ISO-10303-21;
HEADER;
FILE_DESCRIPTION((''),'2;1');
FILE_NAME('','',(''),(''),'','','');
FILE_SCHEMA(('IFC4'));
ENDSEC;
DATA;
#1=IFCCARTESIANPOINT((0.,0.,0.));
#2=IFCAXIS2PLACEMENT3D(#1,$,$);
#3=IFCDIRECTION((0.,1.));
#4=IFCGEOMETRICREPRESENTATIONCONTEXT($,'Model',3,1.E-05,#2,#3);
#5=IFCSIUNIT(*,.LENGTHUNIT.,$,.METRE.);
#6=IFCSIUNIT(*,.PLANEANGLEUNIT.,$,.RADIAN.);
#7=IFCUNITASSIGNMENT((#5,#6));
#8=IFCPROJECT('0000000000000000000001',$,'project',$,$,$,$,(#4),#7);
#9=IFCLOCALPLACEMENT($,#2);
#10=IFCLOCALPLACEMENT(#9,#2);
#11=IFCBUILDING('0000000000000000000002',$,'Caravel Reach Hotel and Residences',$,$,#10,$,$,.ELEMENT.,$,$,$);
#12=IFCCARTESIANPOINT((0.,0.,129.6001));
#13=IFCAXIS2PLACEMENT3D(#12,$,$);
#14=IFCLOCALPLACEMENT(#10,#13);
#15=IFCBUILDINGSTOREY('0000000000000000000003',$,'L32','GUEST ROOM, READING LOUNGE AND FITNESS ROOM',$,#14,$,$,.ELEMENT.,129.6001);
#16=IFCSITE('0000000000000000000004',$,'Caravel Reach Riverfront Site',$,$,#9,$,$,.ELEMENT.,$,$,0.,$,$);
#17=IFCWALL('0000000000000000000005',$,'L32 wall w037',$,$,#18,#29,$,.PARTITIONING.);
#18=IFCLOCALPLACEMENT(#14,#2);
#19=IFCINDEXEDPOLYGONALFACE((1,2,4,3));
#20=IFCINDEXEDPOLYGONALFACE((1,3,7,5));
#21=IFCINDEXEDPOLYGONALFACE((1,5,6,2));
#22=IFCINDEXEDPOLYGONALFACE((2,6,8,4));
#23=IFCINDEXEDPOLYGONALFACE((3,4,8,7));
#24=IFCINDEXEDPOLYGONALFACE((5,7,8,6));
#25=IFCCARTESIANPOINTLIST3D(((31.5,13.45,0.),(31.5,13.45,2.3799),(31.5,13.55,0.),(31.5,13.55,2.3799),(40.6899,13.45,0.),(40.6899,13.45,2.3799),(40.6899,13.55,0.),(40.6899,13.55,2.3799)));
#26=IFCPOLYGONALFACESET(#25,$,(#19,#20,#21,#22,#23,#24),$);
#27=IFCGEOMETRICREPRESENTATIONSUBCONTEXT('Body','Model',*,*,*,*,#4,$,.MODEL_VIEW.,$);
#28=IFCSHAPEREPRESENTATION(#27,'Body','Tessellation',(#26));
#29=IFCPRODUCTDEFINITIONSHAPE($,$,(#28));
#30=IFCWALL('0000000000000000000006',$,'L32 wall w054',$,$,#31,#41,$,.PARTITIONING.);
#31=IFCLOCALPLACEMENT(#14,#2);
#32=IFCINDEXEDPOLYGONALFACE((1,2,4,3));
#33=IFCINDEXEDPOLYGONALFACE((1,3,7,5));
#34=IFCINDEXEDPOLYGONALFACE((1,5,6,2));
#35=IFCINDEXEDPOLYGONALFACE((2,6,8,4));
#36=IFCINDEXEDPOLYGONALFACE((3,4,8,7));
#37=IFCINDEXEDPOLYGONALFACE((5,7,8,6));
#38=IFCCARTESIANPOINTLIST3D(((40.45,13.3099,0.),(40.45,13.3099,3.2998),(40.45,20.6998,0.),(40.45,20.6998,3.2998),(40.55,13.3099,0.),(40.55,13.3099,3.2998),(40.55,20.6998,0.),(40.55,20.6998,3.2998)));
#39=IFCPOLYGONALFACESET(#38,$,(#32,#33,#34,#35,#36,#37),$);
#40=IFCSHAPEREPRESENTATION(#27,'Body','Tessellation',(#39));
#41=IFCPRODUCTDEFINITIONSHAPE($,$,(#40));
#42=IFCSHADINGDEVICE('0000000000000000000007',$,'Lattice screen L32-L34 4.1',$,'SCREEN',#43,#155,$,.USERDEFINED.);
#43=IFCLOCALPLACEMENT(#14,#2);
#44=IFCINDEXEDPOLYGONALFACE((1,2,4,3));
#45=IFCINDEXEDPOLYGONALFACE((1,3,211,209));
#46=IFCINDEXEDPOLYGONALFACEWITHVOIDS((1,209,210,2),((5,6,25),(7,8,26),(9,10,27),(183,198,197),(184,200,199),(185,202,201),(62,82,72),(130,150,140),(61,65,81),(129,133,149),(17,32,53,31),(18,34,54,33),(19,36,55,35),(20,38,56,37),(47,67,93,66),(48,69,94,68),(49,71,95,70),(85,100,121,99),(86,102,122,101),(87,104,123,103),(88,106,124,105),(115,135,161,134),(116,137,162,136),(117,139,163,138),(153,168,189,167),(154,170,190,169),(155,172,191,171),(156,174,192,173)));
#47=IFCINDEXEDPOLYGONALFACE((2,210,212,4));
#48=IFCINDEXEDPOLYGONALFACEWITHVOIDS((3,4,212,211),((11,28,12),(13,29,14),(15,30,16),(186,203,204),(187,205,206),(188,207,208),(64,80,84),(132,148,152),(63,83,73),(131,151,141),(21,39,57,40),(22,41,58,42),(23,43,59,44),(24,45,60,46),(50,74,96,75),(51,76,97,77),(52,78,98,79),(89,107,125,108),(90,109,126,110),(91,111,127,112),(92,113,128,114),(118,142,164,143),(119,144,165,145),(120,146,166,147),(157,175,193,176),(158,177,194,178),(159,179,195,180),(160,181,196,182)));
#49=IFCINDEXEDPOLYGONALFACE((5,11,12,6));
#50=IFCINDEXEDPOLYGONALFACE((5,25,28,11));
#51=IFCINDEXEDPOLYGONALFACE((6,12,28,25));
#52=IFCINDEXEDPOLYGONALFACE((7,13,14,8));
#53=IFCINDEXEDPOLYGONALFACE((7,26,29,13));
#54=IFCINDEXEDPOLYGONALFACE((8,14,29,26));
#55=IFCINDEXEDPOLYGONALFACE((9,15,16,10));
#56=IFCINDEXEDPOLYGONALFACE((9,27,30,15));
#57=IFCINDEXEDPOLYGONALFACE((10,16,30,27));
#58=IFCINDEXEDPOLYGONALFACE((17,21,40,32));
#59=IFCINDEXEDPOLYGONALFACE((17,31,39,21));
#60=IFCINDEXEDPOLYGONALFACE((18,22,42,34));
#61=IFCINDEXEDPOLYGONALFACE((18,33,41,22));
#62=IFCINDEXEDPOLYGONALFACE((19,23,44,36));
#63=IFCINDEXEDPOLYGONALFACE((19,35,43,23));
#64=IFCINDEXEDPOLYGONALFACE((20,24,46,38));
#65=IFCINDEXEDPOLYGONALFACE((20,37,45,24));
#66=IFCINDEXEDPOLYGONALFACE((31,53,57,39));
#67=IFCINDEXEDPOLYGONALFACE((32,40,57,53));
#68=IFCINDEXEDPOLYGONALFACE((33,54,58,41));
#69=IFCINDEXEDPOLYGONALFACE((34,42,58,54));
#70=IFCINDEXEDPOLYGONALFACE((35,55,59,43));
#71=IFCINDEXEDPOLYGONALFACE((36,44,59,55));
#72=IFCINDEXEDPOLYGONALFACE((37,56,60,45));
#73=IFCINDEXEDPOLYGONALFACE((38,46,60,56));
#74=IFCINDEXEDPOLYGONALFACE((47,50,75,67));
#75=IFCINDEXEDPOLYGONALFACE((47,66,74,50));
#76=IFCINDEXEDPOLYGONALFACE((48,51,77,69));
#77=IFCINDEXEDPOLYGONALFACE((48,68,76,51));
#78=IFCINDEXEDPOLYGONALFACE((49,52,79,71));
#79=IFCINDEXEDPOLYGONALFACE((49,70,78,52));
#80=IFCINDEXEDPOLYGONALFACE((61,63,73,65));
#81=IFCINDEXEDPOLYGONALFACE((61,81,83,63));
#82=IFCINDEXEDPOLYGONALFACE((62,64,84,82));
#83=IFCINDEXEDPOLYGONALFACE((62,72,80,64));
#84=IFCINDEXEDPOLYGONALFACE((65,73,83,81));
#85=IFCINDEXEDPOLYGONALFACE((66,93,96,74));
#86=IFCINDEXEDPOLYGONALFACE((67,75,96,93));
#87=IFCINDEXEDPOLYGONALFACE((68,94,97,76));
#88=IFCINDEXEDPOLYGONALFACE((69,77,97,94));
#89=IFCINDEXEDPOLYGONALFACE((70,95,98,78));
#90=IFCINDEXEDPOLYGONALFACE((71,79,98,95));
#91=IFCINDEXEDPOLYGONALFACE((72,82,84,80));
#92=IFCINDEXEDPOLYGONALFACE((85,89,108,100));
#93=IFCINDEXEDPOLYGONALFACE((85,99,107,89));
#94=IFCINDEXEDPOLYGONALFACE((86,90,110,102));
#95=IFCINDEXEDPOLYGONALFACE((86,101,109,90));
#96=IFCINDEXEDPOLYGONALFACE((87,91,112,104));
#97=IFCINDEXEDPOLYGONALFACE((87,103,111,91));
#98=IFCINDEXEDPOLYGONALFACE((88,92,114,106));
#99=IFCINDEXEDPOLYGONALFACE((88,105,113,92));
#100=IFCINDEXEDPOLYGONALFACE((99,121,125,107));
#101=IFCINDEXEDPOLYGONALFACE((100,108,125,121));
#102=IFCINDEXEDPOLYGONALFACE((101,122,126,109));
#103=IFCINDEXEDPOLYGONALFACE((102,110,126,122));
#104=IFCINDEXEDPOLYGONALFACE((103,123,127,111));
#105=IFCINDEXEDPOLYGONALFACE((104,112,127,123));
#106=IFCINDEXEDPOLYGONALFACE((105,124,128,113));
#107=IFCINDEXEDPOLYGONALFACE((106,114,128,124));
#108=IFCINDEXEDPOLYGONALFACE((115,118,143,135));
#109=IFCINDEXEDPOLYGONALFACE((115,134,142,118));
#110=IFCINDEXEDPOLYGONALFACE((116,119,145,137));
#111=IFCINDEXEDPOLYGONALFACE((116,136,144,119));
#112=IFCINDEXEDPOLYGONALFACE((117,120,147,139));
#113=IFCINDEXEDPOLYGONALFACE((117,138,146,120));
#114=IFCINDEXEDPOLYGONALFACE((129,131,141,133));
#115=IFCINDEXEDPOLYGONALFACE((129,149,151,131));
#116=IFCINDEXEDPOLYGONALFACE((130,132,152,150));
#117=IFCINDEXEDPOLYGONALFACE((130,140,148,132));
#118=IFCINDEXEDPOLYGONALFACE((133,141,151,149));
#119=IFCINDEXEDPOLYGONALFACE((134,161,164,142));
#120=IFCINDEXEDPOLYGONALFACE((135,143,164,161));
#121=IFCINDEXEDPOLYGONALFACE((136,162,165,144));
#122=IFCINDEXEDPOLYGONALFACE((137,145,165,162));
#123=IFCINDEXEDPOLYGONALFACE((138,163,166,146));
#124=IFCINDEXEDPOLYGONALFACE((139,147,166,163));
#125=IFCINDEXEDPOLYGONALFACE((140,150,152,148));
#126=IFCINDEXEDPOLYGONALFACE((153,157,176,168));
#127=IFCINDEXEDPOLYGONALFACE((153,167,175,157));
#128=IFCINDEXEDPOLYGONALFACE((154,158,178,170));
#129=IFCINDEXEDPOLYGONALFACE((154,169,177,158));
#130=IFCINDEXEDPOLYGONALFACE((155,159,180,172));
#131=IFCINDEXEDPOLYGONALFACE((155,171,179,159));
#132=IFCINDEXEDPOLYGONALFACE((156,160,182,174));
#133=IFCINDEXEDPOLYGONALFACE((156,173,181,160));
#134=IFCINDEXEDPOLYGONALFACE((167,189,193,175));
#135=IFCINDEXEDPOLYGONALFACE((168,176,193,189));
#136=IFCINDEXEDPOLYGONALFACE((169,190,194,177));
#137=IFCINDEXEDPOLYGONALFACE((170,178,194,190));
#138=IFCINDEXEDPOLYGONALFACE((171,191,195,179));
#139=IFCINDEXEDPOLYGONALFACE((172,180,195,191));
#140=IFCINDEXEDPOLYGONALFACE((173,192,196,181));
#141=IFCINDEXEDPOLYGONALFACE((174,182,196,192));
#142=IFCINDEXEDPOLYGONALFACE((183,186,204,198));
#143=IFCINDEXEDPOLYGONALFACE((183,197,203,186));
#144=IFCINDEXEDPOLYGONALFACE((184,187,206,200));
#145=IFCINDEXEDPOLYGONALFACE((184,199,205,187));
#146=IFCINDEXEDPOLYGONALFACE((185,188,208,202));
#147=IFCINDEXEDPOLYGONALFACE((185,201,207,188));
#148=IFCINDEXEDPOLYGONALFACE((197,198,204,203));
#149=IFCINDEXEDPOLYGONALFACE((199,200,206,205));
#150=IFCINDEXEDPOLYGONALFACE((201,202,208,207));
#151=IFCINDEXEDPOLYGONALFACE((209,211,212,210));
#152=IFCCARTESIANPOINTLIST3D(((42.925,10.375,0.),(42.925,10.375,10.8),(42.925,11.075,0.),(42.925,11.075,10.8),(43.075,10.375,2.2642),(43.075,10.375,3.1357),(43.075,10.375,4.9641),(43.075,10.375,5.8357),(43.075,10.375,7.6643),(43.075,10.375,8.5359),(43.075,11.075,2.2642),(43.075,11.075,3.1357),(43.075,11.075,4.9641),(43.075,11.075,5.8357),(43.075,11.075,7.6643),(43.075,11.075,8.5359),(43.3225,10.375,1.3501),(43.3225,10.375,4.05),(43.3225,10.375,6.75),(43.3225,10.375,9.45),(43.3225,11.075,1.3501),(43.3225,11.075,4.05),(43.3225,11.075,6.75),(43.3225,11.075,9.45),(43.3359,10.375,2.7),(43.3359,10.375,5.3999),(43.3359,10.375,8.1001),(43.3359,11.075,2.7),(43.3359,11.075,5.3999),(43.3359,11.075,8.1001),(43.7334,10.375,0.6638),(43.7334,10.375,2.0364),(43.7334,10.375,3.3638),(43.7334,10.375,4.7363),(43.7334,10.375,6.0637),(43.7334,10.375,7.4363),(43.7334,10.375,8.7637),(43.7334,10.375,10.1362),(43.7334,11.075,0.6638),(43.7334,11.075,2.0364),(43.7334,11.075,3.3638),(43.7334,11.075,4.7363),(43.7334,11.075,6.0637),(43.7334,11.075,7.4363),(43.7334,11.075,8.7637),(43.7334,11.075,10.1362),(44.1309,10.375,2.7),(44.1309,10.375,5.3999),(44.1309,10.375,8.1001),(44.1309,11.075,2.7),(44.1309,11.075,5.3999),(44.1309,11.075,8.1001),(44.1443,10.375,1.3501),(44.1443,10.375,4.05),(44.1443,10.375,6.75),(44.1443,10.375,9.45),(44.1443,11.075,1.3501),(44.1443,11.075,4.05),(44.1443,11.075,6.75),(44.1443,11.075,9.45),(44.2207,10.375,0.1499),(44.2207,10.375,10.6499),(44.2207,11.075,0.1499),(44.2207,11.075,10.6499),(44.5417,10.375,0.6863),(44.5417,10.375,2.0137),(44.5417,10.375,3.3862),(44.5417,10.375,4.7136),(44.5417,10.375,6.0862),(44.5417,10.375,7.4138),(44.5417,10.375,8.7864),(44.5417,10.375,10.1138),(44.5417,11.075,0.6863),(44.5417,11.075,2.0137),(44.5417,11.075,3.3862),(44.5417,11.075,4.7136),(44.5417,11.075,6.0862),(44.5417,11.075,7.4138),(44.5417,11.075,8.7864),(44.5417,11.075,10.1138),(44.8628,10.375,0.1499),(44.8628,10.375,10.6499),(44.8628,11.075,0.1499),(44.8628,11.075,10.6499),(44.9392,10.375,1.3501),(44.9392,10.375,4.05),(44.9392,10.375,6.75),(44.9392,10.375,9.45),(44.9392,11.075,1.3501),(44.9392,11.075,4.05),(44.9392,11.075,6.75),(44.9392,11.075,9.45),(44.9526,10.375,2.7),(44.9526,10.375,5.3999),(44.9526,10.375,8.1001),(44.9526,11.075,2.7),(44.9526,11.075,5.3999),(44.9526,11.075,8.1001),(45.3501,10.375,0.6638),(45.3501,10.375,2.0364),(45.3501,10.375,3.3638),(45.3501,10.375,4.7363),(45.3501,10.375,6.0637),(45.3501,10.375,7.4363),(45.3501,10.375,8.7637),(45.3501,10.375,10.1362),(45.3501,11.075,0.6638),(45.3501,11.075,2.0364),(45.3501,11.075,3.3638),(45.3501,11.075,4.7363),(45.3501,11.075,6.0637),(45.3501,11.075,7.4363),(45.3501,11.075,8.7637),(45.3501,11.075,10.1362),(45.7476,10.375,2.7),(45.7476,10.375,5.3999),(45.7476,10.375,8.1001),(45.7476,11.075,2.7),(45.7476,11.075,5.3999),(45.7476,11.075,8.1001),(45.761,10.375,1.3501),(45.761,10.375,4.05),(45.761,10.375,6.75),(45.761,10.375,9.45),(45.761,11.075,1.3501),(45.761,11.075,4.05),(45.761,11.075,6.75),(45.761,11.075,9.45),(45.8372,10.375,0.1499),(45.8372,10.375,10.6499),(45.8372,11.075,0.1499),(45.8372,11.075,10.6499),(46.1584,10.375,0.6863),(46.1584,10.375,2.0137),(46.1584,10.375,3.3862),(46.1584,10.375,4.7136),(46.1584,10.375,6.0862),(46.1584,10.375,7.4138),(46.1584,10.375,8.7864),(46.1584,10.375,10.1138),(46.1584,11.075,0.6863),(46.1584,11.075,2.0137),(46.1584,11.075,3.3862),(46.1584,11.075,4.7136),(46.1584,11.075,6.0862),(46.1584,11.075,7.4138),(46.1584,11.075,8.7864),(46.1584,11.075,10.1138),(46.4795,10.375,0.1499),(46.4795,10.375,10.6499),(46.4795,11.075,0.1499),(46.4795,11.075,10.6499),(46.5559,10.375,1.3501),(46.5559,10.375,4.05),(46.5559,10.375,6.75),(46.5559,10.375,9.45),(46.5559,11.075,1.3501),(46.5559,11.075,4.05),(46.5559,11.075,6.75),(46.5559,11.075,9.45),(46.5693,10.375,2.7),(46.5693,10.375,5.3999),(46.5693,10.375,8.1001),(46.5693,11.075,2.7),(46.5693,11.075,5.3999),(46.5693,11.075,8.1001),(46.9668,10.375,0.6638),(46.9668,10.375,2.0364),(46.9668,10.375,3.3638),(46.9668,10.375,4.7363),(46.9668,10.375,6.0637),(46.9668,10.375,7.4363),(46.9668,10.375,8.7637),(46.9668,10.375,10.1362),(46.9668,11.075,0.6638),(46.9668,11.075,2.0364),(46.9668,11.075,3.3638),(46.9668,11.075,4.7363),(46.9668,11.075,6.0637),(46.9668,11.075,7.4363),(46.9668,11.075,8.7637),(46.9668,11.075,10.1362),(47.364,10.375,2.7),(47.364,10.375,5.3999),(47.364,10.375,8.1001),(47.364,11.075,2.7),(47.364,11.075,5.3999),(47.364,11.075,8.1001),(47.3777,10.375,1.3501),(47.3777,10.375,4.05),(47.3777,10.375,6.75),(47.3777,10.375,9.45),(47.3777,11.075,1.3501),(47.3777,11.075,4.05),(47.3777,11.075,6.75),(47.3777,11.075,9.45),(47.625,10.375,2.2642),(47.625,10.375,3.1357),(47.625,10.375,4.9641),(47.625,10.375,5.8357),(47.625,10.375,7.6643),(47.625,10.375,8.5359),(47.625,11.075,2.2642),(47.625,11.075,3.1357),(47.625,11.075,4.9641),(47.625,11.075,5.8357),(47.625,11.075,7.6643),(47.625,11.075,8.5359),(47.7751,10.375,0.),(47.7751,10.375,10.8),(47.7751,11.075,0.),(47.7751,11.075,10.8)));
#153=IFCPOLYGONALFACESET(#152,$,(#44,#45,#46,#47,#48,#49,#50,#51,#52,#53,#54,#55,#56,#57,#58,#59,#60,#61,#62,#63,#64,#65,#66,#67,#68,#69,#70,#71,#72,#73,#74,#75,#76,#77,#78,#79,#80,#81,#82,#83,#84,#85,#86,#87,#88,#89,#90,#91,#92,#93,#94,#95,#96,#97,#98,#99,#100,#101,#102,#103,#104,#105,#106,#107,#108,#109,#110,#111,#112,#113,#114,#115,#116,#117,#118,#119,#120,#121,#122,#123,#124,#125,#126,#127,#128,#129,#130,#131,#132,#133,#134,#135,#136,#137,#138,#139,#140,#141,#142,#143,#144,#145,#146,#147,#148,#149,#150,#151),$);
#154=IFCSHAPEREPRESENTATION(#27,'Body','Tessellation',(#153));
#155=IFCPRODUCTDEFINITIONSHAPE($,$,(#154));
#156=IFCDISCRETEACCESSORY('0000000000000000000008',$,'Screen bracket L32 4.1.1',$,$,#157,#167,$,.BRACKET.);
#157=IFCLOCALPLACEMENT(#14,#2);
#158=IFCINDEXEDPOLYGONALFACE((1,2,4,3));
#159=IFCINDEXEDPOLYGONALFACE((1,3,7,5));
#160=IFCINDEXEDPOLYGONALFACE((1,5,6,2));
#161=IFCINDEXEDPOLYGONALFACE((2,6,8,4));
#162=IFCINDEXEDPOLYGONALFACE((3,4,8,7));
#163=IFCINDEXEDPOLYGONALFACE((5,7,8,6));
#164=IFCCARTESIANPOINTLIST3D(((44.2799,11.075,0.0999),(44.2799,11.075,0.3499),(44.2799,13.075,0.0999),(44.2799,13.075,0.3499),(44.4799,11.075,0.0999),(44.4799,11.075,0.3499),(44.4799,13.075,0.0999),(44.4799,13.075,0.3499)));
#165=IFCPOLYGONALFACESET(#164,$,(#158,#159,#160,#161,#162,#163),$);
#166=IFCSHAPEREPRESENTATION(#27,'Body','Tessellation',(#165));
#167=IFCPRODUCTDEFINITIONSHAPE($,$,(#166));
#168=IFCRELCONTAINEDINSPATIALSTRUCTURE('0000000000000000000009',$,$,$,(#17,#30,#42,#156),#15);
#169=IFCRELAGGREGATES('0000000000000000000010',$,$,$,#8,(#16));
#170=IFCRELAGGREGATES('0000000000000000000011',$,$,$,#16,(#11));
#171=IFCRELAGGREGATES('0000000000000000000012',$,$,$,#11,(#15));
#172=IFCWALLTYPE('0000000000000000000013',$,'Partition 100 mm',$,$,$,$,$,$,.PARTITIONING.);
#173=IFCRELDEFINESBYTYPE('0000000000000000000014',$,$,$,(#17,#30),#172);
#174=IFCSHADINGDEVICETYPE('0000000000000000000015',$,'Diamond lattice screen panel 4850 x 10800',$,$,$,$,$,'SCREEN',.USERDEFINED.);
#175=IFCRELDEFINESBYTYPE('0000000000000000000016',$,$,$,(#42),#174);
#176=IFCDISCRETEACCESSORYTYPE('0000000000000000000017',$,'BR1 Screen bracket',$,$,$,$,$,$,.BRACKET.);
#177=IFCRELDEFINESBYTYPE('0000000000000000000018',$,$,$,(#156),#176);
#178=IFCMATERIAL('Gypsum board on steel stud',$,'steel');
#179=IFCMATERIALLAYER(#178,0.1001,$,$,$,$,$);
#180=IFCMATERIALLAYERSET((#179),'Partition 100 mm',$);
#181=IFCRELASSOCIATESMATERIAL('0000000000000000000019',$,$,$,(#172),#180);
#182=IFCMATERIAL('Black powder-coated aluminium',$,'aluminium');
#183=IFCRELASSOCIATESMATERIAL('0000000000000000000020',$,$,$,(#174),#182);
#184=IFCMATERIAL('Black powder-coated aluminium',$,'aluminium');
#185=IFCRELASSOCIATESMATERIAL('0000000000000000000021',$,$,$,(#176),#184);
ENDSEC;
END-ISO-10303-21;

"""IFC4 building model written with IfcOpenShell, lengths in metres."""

from ifc_helpers import new_model, si_unit, direction, frame, frame_2d, origin, origin_2d, place, context, subcontext, project, spatial, polyline, rectangle, outline, extrude, material, layer, layer_set, type_object, element, save


model = new_model("IFC4")

# Units and contexts
model_context = context("Model", 3, precision=1e-05, world=origin(), true_north=direction((0.0, 1.0)))
body_context = subcontext(model_context, "Body", "Model", "MODEL_VIEW")
ifc_project = project(units=[si_unit("LENGTHUNIT", "METRE"), si_unit("PLANEANGLEUNIT", "RADIAN")], contexts=[model_context])

# Site, building, storey
site_placement = place(None, origin())
site = spatial("IfcSite", under=ifc_project, at=site_placement, Name="Caravel Reach Riverfront Site", CompositionType="ELEMENT", RefElevation=0.0)
building_placement = place(site_placement, origin())
building = spatial("IfcBuilding", under=site, at=building_placement, Name="Caravel Reach Hotel and Residences", CompositionType="ELEMENT")
storey_placement = place(building_placement, frame((0.0, 0.0, 129.6001)))
storey = spatial("IfcBuildingStorey", under=building, at=storey_placement, Name="L32", Description="GUEST ROOM, READING LOUNGE AND FITNESS ROOM", CompositionType="ELEMENT", Elevation=129.6001)

# Walls
ifc_material_1 = material(Name="Gypsum board on steel stud", Category="steel")
ifc_layer_1 = layer(ifc_material_1, 0.1001)
ifc_layer_set_1 = layer_set([ifc_layer_1], Name="Partition 100 mm")
wall_type_1 = type_object("IfcWallType", Name="Partition 100 mm", PredefinedType="PARTITIONING", material=ifc_layer_set_1)
wall_1_placement = place(storey_placement, frame((31.5, 13.5, 0.0), z_axis=(0.0, 0.0, 1.0), x_axis=(1.0, 0.0, 0.0)))
element("IfcWall", 1, at=wall_1_placement, inside=storey, type_object=wall_type_1, Name="L32 wall w037", PredefinedType="PARTITIONING", context=body_context, shape_type="SweptSolid", body=[
    extrude(rectangle(XDim=9.1899, YDim=0.1001, at=frame_2d((4.595, 0.0))), origin(), (0.0, 0.0, 1.0), 2.3799),
])
wall_2_placement = place(storey_placement, frame((40.5, 13.3101, 0.0), z_axis=(0.0, 0.0, 1.0), x_axis=(0.0, 1.0, 0.0)))
element("IfcWall", 2, at=wall_2_placement, inside=storey, type_object=wall_type_1, Name="L32 wall w054", PredefinedType="PARTITIONING", context=body_context, shape_type="SweptSolid", body=[
    extrude(rectangle(XDim=7.3899, YDim=0.1001, at=frame_2d((3.6948, 0.0))), origin(), (0.0, 0.0, 1.0), 3.2998),
])

# Shading device
ifc_material_2 = material(Name="Black powder-coated aluminium", Category="aluminium")
shading_device_type = type_object("IfcShadingDeviceType", Name="Diamond lattice screen panel 4850 x 10800", ElementType="SCREEN", PredefinedType="USERDEFINED", material=ifc_material_2)
shading_device_placement = place(storey_placement, frame((42.925, 11.075, 0.0), z_axis=(0.0, -1.0, 0.0), x_axis=(1.0, 0.0, 0.0)))
element("IfcShadingDevice", 3, at=shading_device_placement, inside=storey, type_object=shading_device_type, Name="Lattice screen L32-L34 4.1", ObjectType="SCREEN", PredefinedType="USERDEFINED", context=body_context, shape_type="SweptSolid", body=[
    extrude(outline(polyline([(0.0, 0.0), (4.8501, 0.0), (4.8501, 10.8), (0.0, 10.8), (0.0, 0.0)]), holes=[polyline([(0.4109, 2.7), (0.1499, 3.1357), (0.1499, 2.2642), (0.4109, 2.7)]), polyline([(0.4109, 5.3999), (0.1499, 5.8357), (0.1499, 4.9641), (0.4109, 5.3999)]), polyline([(0.4109, 8.1001), (0.1499, 8.5359), (0.1499, 7.6643), (0.4109, 8.1001)]), polyline([(0.8083, 2.0364), (0.3975, 1.3501), (0.8083, 0.6638), (1.2192, 1.3501), (0.8083, 2.0364)]), polyline([(0.8083, 4.7363), (0.3975, 4.05), (0.8083, 3.3638), (1.2192, 4.05), (0.8083, 4.7363)]), polyline([(0.8083, 7.4363), (0.3975, 6.75), (0.8083, 6.0637), (1.2192, 6.75), (0.8083, 7.4363)]), polyline([(0.8083, 10.1362), (0.3975, 9.45), (0.8083, 8.7637), (1.2192, 9.45), (0.8083, 10.1362)]), polyline([(1.6167, 0.6863), (1.2957, 0.1499), (1.9377, 0.1499), (1.6167, 0.6863)]), polyline([(1.6167, 3.3862), (1.2058, 2.7), (1.6167, 2.0137), (2.0276, 2.7), (1.6167, 3.3862)]), polyline([(1.6167, 6.0862), (1.2058, 5.3999), (1.6167, 4.7136), (2.0276, 5.3999), (1.6167, 6.0862)]), polyline([(1.6167, 8.7864), (1.2058, 8.1001), (1.6167, 7.4138), (2.0276, 8.1001), (1.6167, 8.7864)]), polyline([(1.6167, 10.1138), (1.9377, 10.6499), (1.2957, 10.6499), (1.6167, 10.1138)]), polyline([(2.425, 2.0364), (2.0142, 1.3501), (2.425, 0.6638), (2.8359, 1.3501), (2.425, 2.0364)]), polyline([(2.425, 4.7363), (2.0142, 4.05), (2.425, 3.3638), (2.8359, 4.05), (2.425, 4.7363)]), polyline([(2.425, 7.4363), (2.0142, 6.75), (2.425, 6.0637), (2.8359, 6.75), (2.425, 7.4363)]), polyline([(2.425, 10.1362), (2.0142, 9.45), (2.425, 8.7637), (2.8359, 9.45), (2.425, 10.1362)]), polyline([(3.2334, 0.6863), (2.9121, 0.1499), (3.5544, 0.1499), (3.2334, 0.6863)]), polyline([(3.2334, 3.3862), (2.8225, 2.7), (3.2334, 2.0137), (3.6443, 2.7), (3.2334, 3.3862)]), polyline([(3.2334, 6.0862), (2.8225, 5.3999), (3.2334, 4.7136), (3.6443, 5.3999), (3.2334, 6.0862)]), polyline([(3.2334, 8.7864), (2.8225, 8.1001), (3.2334, 7.4138), (3.6443, 8.1001), (3.2334, 8.7864)]), polyline([(3.2334, 10.1138), (3.5544, 10.6499), (2.9121, 10.6499), (3.2334, 10.1138)]), polyline([(4.0417, 2.0364), (3.6309, 1.3501), (4.0417, 0.6638), (4.4526, 1.3501), (4.0417, 2.0364)]), polyline([(4.0417, 4.7363), (3.6309, 4.05), (4.0417, 3.3638), (4.4526, 4.05), (4.0417, 4.7363)]), polyline([(4.0417, 7.4363), (3.6309, 6.75), (4.0417, 6.0637), (4.4526, 6.75), (4.0417, 7.4363)]), polyline([(4.0417, 10.1362), (3.6309, 9.45), (4.0417, 8.7637), (4.4526, 9.45), (4.0417, 10.1362)]), polyline([(4.439, 2.7), (4.7, 2.2642), (4.7, 3.1357), (4.439, 2.7)]), polyline([(4.439, 5.3999), (4.7, 4.9641), (4.7, 5.8357), (4.439, 5.3999)]), polyline([(4.439, 8.1001), (4.7, 7.6643), (4.7, 8.5359), (4.439, 8.1001)])]), origin(), (0.0, 0.0, 1.0), 0.7),
])

# Discrete accessory
ifc_material_3 = material(Name="Black powder-coated aluminium", Category="aluminium")
discrete_accessory_type = type_object("IfcDiscreteAccessoryType", Name="BR1 Screen bracket", PredefinedType="BRACKET", material=ifc_material_3)
discrete_accessory_placement = place(storey_placement, frame((44.3799, 12.075, 0.0999), z_axis=(0.0, 0.0, 1.0), x_axis=(0.0, -1.0, 0.0)))
element("IfcDiscreteAccessory", 4, at=discrete_accessory_placement, inside=storey, type_object=discrete_accessory_type, Name="Screen bracket L32 4.1.1", PredefinedType="BRACKET", context=body_context, shape_type="SweptSolid", body=[
    extrude(rectangle(XDim=2.0, YDim=0.2, at=origin_2d()), origin(), (0.0, 0.0, 1.0), 0.25),
])

save(model, "model.ifc")
